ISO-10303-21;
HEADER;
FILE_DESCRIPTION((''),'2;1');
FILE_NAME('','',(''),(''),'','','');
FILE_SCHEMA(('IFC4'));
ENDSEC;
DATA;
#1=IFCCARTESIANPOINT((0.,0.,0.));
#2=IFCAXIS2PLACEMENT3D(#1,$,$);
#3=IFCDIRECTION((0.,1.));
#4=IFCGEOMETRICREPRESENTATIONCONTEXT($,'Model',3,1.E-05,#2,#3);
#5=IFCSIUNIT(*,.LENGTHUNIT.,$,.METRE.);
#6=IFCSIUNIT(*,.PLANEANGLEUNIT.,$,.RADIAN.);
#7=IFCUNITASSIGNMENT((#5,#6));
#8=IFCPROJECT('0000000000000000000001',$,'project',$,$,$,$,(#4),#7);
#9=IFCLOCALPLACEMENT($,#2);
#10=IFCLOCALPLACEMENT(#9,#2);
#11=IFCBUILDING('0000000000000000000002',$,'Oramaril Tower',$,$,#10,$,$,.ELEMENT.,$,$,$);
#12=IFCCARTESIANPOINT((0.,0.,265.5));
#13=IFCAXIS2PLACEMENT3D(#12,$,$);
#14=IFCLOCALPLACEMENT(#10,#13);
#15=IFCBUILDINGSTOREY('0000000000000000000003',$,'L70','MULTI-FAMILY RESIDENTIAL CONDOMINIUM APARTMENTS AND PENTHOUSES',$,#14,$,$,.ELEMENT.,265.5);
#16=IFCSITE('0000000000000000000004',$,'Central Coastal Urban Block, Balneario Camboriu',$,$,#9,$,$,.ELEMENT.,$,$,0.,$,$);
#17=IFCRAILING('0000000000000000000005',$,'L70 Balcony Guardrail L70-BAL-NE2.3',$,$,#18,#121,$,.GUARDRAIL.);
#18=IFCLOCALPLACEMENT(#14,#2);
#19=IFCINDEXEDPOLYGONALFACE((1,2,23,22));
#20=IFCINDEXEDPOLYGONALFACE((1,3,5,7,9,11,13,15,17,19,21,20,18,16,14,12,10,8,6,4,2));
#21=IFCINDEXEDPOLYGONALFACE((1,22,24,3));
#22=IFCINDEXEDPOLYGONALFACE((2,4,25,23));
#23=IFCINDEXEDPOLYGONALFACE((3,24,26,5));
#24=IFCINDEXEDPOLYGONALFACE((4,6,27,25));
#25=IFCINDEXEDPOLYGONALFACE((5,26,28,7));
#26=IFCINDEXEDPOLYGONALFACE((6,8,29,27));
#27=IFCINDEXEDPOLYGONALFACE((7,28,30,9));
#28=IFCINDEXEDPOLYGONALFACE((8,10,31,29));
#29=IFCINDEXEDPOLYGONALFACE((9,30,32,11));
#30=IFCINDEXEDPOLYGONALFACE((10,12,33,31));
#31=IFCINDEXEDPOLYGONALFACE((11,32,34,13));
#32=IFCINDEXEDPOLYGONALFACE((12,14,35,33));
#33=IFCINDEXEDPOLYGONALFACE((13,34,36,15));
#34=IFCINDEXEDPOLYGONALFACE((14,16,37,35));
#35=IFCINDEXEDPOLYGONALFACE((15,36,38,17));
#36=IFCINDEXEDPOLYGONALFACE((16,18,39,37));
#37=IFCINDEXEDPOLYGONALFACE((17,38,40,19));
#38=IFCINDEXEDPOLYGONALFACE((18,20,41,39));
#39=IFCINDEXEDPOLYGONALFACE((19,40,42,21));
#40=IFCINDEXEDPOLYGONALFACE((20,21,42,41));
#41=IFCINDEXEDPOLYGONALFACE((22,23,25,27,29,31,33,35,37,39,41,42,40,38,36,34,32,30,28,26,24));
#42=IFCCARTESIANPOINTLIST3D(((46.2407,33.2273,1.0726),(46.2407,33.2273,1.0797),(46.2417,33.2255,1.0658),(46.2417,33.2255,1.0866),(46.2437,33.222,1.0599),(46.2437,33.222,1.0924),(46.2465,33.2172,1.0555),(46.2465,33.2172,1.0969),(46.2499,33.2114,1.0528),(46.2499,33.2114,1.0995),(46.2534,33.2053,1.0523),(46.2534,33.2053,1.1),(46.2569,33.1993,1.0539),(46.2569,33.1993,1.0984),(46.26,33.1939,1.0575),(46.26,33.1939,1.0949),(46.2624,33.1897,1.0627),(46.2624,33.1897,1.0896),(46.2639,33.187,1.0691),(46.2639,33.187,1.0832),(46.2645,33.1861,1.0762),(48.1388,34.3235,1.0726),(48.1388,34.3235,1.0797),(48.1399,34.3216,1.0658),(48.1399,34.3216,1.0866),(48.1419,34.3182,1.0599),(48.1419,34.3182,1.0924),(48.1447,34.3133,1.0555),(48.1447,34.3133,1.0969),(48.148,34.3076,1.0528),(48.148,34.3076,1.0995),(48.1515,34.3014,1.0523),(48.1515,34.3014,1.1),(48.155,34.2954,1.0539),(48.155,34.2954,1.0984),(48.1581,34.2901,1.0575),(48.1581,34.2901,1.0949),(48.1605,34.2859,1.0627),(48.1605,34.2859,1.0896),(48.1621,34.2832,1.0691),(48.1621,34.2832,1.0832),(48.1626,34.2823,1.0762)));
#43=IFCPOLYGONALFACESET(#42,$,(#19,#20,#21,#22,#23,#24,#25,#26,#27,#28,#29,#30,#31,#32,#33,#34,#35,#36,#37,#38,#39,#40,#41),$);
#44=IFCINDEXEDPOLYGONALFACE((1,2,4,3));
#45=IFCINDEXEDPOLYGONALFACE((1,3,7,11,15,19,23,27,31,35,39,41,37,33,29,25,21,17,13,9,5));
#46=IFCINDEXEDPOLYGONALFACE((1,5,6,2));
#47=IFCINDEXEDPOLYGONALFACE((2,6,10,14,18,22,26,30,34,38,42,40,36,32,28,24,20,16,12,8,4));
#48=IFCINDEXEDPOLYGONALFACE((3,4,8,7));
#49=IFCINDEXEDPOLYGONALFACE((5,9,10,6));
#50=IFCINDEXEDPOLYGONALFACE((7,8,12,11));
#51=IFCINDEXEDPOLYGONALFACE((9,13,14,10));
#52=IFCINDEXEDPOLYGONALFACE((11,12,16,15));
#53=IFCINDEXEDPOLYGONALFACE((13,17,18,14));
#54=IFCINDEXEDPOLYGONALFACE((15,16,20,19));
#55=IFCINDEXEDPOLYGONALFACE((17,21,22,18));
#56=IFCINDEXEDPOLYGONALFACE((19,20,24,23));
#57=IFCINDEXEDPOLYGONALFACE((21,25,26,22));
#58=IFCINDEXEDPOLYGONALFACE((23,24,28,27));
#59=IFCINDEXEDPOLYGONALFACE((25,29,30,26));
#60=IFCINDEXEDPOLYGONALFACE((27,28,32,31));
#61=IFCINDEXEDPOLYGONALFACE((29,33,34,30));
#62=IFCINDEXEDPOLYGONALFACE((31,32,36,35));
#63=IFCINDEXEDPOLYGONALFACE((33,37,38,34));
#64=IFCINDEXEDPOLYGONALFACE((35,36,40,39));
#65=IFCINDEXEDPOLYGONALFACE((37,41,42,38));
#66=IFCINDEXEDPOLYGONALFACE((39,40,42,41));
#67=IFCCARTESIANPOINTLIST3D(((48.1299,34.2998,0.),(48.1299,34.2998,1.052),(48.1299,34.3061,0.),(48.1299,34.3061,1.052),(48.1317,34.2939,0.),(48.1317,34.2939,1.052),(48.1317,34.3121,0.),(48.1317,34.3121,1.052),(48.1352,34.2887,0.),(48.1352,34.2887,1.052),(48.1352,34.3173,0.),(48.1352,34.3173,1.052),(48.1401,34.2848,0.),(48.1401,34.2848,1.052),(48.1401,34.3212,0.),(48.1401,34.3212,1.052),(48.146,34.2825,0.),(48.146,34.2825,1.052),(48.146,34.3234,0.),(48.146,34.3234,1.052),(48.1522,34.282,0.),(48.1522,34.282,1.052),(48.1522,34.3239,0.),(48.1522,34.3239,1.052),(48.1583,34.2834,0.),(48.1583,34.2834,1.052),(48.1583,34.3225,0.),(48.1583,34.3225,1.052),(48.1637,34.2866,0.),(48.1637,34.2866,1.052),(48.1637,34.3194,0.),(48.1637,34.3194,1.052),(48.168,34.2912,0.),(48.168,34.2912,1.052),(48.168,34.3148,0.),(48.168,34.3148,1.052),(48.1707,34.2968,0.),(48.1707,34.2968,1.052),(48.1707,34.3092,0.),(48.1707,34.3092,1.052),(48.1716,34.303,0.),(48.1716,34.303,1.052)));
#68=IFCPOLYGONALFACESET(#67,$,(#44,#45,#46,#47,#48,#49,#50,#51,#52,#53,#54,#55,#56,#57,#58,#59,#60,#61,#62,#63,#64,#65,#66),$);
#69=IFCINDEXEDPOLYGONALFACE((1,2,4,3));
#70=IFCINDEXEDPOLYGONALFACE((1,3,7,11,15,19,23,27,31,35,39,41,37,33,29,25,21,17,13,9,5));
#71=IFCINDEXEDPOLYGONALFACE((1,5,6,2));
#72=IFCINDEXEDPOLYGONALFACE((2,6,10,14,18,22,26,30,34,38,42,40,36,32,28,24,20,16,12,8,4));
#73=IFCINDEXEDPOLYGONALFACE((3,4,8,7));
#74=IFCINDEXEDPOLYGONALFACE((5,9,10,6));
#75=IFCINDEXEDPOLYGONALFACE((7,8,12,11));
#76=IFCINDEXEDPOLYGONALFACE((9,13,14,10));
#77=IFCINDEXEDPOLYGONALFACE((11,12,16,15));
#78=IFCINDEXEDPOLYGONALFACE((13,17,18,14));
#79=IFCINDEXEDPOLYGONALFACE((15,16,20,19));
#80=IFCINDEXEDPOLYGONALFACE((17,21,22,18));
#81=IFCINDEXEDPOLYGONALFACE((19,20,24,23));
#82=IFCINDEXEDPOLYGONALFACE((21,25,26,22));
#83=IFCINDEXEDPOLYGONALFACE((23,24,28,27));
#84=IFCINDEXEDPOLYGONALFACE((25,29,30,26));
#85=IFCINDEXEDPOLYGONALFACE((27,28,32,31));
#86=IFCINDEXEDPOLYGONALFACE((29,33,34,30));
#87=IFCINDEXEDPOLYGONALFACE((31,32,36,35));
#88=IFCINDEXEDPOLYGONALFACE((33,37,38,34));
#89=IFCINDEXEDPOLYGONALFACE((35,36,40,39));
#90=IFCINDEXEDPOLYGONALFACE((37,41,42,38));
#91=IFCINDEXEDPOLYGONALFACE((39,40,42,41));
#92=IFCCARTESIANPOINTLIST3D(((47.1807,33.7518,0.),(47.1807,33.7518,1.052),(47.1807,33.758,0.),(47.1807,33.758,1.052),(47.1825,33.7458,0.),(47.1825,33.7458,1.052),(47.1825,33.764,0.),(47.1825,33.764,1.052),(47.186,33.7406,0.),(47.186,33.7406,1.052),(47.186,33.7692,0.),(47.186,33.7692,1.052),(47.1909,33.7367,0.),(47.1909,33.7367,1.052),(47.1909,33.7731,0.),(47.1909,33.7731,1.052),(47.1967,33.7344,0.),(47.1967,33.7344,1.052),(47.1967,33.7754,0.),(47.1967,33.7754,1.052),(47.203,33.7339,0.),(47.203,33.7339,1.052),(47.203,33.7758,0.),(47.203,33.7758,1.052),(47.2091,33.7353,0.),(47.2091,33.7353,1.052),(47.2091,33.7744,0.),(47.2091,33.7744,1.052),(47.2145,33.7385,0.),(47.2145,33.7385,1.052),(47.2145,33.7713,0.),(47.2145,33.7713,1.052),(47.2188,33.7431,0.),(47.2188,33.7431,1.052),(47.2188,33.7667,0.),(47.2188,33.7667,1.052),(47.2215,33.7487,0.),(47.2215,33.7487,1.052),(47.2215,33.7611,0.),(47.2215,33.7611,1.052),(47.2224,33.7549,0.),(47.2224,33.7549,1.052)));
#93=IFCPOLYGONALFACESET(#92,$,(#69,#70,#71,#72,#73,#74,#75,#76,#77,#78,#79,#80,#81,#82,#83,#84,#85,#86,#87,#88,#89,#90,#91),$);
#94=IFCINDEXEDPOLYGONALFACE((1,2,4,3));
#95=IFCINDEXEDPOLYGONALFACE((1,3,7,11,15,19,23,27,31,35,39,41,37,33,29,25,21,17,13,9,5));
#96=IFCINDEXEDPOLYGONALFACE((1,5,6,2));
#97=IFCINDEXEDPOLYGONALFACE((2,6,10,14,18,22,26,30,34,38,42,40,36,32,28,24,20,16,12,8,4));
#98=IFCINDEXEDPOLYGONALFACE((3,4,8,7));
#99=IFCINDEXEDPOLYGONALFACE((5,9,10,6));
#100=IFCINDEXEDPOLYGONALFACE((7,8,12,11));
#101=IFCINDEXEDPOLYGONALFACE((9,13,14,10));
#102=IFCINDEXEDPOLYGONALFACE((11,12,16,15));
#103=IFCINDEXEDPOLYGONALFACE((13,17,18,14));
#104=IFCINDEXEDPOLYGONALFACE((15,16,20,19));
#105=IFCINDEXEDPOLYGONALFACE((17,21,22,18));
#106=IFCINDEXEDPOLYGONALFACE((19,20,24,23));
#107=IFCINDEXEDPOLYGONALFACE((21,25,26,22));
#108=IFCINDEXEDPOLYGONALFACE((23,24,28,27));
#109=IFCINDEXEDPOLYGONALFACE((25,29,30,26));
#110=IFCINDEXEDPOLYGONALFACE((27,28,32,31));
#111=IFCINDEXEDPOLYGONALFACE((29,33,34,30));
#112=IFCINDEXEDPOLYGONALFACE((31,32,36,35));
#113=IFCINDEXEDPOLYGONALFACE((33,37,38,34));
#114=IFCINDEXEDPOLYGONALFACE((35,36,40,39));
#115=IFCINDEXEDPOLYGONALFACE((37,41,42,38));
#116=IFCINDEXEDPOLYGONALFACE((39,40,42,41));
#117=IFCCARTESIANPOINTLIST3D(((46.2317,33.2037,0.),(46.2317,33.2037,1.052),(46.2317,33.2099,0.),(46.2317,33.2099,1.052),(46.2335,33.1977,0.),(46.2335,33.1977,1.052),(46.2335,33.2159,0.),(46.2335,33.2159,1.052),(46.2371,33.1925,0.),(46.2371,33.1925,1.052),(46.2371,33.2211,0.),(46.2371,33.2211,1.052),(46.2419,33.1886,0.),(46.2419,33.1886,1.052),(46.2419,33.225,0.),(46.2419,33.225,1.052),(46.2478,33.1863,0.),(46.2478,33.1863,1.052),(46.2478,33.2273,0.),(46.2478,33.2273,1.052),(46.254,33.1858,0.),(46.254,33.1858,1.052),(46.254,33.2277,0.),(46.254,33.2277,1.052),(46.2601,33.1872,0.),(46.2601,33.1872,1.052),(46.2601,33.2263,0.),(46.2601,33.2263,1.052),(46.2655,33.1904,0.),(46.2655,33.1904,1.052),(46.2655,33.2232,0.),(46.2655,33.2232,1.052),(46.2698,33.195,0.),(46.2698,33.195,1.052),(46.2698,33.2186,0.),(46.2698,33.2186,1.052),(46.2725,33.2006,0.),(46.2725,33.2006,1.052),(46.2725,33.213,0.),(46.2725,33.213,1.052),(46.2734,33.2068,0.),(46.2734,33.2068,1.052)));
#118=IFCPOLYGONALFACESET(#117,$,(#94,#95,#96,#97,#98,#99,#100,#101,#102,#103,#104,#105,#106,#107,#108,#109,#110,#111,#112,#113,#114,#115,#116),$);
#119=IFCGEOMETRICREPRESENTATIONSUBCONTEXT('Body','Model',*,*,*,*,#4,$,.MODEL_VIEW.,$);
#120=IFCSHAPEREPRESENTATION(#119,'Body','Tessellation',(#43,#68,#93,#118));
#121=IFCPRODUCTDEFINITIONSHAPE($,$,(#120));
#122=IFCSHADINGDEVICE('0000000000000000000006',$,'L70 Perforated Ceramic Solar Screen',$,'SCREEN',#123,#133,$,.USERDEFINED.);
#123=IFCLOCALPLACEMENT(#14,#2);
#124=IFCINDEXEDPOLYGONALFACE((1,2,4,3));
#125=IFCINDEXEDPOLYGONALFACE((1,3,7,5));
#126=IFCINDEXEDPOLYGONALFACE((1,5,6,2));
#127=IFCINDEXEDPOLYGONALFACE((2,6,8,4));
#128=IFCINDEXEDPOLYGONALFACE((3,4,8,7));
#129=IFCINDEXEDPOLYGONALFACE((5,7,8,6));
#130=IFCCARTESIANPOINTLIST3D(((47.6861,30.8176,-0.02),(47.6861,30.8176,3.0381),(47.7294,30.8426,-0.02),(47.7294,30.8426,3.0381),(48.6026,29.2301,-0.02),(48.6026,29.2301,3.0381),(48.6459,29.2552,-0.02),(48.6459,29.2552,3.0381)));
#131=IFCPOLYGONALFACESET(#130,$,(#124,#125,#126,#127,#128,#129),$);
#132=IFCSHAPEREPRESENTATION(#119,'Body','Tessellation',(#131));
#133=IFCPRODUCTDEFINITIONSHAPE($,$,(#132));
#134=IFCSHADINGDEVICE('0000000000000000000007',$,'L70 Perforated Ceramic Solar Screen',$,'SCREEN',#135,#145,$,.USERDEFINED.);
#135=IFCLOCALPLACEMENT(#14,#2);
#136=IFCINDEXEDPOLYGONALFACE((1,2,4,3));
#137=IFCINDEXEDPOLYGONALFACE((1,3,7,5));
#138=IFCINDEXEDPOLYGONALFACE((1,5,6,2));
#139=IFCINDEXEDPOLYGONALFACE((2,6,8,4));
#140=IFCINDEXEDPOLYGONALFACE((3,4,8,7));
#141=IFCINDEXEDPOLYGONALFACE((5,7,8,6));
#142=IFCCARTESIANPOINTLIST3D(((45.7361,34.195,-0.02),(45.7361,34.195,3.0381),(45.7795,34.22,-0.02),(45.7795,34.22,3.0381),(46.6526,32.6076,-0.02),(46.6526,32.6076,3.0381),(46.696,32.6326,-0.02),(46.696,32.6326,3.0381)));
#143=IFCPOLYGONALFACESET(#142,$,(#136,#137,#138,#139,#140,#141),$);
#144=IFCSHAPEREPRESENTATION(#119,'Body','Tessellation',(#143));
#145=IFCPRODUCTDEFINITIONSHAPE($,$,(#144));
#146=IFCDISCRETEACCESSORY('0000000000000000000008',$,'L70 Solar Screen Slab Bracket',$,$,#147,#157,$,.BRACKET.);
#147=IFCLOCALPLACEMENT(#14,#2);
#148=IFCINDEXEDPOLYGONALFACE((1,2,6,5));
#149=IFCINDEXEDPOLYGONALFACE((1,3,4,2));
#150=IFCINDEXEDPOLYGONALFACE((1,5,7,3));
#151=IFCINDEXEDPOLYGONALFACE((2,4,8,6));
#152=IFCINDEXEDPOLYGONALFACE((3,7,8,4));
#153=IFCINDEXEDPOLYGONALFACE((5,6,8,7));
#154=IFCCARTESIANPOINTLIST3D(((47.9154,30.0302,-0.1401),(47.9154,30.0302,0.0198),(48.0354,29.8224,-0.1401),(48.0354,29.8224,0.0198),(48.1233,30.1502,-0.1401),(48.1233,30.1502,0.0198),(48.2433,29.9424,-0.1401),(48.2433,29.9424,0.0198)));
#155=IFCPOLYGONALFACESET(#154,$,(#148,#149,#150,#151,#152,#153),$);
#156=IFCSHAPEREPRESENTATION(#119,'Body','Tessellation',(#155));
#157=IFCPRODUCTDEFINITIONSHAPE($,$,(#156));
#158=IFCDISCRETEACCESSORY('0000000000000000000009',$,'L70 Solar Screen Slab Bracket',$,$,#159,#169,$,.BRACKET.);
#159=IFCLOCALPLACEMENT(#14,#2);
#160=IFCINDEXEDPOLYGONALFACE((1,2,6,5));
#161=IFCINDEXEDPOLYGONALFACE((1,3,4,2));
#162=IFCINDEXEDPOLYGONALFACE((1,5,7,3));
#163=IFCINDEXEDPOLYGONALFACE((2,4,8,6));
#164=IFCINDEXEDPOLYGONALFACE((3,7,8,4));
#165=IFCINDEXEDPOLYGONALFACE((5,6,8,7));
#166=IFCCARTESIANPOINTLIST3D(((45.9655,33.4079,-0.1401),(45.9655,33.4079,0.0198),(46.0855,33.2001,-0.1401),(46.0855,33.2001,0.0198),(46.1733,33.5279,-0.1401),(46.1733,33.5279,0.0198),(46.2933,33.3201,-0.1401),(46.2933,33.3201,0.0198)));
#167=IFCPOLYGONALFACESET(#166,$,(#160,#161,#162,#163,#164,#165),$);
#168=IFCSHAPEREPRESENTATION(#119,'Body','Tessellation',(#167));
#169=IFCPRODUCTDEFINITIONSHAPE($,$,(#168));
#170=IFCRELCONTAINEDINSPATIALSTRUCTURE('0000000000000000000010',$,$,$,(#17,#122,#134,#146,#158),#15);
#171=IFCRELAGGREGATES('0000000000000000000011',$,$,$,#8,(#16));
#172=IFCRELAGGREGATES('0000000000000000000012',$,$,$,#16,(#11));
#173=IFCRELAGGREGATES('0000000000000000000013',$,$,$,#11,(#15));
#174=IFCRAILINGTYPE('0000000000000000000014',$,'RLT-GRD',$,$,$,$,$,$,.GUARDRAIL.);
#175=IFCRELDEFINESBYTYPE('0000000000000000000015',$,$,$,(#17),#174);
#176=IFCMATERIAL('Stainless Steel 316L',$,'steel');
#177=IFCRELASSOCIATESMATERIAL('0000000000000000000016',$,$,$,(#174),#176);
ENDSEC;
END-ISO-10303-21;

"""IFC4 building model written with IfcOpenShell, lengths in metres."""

from ifc_helpers import new_model, si_unit, direction, frame, origin, origin_2d, place, context, subcontext, project, spatial, rectangle, circle, extrude, material, type_object, element, save


model = new_model("IFC4")

# Units and contexts
model_context = context("Model", 3, precision=1e-05, world=origin(), true_north=direction((0.0, 1.0)))
body_context = subcontext(model_context, "Body", "Model", "MODEL_VIEW")
ifc_project = project(units=[si_unit("LENGTHUNIT", "METRE"), si_unit("PLANEANGLEUNIT", "RADIAN")], contexts=[model_context])

# Site, building, storey
site_placement = place(None, origin())
site = spatial("IfcSite", under=ifc_project, at=site_placement, Name="Central Coastal Urban Block, Balneario Camboriu", CompositionType="ELEMENT", RefElevation=0.0)
building_placement = place(site_placement, origin())
building = spatial("IfcBuilding", under=site, at=building_placement, Name="Oramaril Tower", CompositionType="ELEMENT")
storey_placement = place(building_placement, frame((0.0, 0.0, 265.5)))
storey = spatial("IfcBuildingStorey", under=building, at=storey_placement, Name="L70", Description="MULTI-FAMILY RESIDENTIAL CONDOMINIUM APARTMENTS AND PENTHOUSES", CompositionType="ELEMENT", Elevation=265.5)

# Railing
ifc_material_1 = material(Name="Stainless Steel 316L", Category="steel")
railing_type = type_object("IfcRailingType", Name="RLT-GRD", PredefinedType="GUARDRAIL", material=ifc_material_1)
railing_placement = place(storey_placement, frame((48.1506, 34.303, 0.0)))
element("IfcRailing", 1, at=railing_placement, inside=storey, type_object=railing_type, Name="L70 Balcony Guardrail L70-BAL-NE2.3", PredefinedType="GUARDRAIL", context=body_context, shape_type="SweptSolid", body=[
    extrude(circle(Radius=0.0239, at=origin_2d()), frame((0.0, 0.0, 1.0762), z_axis=(-0.865972, -0.500092, 0.0), x_axis=(0.500092, -0.865972, 0.0)), (0.0, 0.0, 1.0), 2.1919),
    extrude(circle(Radius=0.021, at=origin_2d()), origin(), (0.0, 0.0, 1.0), 1.052),
    extrude(circle(Radius=0.021, at=origin_2d()), frame((-0.9492, -0.5481, 0.0)), (0.0, 0.0, 1.0), 1.052),
    extrude(circle(Radius=0.021, at=origin_2d()), frame((-1.8982, -1.0962, 0.0)), (0.0, 0.0, 1.0), 1.052),
])

# Shading devices
for number, where, z_axis, x_axis, name in (
    (2, (48.166, 30.0364, -0.02), (0.0, 0.0, 1.0), (-0.5, 0.866025, 0.0), "L70 Perforated Ceramic Solar Screen"),
    (3, (46.2161, 33.4138, -0.02), (0.0, 0.0, 1.0), (-0.5, 0.866025, 0.0), "L70 Perforated Ceramic Solar Screen"),
):
    element("IfcShadingDevice", number, at=place(storey_placement, frame(where, z_axis=z_axis, x_axis=x_axis)), inside=storey, Name=name, ObjectType="SCREEN", PredefinedType="USERDEFINED", context=body_context, shape_type="SweptSolid", body=[
        extrude(rectangle(XDim=1.833, YDim=0.05, at=origin_2d()), origin(), (0.0, 0.0, 1.0), 3.0581),
    ])

# Discrete accessories
for number, where, z_axis, x_axis, name in (
    (4, (48.0793, 29.9863, -0.1401), (0.0, 0.0, 1.0), (-0.5, 0.866025, 0.0), "L70 Solar Screen Slab Bracket"),
    (5, (46.1294, 33.364, -0.1401), (0.0, 0.0, 1.0), (-0.5, 0.866025, 0.0), "L70 Solar Screen Slab Bracket"),
):
    element("IfcDiscreteAccessory", number, at=place(storey_placement, frame(where, z_axis=z_axis, x_axis=x_axis)), inside=storey, Name=name, PredefinedType="BRACKET", context=body_context, shape_type="SweptSolid", body=[
        extrude(rectangle(XDim=0.24, YDim=0.24, at=origin_2d()), origin(), (0.0, 0.0, 1.0), 0.1599),
    ])

save(model, "model.ifc")
